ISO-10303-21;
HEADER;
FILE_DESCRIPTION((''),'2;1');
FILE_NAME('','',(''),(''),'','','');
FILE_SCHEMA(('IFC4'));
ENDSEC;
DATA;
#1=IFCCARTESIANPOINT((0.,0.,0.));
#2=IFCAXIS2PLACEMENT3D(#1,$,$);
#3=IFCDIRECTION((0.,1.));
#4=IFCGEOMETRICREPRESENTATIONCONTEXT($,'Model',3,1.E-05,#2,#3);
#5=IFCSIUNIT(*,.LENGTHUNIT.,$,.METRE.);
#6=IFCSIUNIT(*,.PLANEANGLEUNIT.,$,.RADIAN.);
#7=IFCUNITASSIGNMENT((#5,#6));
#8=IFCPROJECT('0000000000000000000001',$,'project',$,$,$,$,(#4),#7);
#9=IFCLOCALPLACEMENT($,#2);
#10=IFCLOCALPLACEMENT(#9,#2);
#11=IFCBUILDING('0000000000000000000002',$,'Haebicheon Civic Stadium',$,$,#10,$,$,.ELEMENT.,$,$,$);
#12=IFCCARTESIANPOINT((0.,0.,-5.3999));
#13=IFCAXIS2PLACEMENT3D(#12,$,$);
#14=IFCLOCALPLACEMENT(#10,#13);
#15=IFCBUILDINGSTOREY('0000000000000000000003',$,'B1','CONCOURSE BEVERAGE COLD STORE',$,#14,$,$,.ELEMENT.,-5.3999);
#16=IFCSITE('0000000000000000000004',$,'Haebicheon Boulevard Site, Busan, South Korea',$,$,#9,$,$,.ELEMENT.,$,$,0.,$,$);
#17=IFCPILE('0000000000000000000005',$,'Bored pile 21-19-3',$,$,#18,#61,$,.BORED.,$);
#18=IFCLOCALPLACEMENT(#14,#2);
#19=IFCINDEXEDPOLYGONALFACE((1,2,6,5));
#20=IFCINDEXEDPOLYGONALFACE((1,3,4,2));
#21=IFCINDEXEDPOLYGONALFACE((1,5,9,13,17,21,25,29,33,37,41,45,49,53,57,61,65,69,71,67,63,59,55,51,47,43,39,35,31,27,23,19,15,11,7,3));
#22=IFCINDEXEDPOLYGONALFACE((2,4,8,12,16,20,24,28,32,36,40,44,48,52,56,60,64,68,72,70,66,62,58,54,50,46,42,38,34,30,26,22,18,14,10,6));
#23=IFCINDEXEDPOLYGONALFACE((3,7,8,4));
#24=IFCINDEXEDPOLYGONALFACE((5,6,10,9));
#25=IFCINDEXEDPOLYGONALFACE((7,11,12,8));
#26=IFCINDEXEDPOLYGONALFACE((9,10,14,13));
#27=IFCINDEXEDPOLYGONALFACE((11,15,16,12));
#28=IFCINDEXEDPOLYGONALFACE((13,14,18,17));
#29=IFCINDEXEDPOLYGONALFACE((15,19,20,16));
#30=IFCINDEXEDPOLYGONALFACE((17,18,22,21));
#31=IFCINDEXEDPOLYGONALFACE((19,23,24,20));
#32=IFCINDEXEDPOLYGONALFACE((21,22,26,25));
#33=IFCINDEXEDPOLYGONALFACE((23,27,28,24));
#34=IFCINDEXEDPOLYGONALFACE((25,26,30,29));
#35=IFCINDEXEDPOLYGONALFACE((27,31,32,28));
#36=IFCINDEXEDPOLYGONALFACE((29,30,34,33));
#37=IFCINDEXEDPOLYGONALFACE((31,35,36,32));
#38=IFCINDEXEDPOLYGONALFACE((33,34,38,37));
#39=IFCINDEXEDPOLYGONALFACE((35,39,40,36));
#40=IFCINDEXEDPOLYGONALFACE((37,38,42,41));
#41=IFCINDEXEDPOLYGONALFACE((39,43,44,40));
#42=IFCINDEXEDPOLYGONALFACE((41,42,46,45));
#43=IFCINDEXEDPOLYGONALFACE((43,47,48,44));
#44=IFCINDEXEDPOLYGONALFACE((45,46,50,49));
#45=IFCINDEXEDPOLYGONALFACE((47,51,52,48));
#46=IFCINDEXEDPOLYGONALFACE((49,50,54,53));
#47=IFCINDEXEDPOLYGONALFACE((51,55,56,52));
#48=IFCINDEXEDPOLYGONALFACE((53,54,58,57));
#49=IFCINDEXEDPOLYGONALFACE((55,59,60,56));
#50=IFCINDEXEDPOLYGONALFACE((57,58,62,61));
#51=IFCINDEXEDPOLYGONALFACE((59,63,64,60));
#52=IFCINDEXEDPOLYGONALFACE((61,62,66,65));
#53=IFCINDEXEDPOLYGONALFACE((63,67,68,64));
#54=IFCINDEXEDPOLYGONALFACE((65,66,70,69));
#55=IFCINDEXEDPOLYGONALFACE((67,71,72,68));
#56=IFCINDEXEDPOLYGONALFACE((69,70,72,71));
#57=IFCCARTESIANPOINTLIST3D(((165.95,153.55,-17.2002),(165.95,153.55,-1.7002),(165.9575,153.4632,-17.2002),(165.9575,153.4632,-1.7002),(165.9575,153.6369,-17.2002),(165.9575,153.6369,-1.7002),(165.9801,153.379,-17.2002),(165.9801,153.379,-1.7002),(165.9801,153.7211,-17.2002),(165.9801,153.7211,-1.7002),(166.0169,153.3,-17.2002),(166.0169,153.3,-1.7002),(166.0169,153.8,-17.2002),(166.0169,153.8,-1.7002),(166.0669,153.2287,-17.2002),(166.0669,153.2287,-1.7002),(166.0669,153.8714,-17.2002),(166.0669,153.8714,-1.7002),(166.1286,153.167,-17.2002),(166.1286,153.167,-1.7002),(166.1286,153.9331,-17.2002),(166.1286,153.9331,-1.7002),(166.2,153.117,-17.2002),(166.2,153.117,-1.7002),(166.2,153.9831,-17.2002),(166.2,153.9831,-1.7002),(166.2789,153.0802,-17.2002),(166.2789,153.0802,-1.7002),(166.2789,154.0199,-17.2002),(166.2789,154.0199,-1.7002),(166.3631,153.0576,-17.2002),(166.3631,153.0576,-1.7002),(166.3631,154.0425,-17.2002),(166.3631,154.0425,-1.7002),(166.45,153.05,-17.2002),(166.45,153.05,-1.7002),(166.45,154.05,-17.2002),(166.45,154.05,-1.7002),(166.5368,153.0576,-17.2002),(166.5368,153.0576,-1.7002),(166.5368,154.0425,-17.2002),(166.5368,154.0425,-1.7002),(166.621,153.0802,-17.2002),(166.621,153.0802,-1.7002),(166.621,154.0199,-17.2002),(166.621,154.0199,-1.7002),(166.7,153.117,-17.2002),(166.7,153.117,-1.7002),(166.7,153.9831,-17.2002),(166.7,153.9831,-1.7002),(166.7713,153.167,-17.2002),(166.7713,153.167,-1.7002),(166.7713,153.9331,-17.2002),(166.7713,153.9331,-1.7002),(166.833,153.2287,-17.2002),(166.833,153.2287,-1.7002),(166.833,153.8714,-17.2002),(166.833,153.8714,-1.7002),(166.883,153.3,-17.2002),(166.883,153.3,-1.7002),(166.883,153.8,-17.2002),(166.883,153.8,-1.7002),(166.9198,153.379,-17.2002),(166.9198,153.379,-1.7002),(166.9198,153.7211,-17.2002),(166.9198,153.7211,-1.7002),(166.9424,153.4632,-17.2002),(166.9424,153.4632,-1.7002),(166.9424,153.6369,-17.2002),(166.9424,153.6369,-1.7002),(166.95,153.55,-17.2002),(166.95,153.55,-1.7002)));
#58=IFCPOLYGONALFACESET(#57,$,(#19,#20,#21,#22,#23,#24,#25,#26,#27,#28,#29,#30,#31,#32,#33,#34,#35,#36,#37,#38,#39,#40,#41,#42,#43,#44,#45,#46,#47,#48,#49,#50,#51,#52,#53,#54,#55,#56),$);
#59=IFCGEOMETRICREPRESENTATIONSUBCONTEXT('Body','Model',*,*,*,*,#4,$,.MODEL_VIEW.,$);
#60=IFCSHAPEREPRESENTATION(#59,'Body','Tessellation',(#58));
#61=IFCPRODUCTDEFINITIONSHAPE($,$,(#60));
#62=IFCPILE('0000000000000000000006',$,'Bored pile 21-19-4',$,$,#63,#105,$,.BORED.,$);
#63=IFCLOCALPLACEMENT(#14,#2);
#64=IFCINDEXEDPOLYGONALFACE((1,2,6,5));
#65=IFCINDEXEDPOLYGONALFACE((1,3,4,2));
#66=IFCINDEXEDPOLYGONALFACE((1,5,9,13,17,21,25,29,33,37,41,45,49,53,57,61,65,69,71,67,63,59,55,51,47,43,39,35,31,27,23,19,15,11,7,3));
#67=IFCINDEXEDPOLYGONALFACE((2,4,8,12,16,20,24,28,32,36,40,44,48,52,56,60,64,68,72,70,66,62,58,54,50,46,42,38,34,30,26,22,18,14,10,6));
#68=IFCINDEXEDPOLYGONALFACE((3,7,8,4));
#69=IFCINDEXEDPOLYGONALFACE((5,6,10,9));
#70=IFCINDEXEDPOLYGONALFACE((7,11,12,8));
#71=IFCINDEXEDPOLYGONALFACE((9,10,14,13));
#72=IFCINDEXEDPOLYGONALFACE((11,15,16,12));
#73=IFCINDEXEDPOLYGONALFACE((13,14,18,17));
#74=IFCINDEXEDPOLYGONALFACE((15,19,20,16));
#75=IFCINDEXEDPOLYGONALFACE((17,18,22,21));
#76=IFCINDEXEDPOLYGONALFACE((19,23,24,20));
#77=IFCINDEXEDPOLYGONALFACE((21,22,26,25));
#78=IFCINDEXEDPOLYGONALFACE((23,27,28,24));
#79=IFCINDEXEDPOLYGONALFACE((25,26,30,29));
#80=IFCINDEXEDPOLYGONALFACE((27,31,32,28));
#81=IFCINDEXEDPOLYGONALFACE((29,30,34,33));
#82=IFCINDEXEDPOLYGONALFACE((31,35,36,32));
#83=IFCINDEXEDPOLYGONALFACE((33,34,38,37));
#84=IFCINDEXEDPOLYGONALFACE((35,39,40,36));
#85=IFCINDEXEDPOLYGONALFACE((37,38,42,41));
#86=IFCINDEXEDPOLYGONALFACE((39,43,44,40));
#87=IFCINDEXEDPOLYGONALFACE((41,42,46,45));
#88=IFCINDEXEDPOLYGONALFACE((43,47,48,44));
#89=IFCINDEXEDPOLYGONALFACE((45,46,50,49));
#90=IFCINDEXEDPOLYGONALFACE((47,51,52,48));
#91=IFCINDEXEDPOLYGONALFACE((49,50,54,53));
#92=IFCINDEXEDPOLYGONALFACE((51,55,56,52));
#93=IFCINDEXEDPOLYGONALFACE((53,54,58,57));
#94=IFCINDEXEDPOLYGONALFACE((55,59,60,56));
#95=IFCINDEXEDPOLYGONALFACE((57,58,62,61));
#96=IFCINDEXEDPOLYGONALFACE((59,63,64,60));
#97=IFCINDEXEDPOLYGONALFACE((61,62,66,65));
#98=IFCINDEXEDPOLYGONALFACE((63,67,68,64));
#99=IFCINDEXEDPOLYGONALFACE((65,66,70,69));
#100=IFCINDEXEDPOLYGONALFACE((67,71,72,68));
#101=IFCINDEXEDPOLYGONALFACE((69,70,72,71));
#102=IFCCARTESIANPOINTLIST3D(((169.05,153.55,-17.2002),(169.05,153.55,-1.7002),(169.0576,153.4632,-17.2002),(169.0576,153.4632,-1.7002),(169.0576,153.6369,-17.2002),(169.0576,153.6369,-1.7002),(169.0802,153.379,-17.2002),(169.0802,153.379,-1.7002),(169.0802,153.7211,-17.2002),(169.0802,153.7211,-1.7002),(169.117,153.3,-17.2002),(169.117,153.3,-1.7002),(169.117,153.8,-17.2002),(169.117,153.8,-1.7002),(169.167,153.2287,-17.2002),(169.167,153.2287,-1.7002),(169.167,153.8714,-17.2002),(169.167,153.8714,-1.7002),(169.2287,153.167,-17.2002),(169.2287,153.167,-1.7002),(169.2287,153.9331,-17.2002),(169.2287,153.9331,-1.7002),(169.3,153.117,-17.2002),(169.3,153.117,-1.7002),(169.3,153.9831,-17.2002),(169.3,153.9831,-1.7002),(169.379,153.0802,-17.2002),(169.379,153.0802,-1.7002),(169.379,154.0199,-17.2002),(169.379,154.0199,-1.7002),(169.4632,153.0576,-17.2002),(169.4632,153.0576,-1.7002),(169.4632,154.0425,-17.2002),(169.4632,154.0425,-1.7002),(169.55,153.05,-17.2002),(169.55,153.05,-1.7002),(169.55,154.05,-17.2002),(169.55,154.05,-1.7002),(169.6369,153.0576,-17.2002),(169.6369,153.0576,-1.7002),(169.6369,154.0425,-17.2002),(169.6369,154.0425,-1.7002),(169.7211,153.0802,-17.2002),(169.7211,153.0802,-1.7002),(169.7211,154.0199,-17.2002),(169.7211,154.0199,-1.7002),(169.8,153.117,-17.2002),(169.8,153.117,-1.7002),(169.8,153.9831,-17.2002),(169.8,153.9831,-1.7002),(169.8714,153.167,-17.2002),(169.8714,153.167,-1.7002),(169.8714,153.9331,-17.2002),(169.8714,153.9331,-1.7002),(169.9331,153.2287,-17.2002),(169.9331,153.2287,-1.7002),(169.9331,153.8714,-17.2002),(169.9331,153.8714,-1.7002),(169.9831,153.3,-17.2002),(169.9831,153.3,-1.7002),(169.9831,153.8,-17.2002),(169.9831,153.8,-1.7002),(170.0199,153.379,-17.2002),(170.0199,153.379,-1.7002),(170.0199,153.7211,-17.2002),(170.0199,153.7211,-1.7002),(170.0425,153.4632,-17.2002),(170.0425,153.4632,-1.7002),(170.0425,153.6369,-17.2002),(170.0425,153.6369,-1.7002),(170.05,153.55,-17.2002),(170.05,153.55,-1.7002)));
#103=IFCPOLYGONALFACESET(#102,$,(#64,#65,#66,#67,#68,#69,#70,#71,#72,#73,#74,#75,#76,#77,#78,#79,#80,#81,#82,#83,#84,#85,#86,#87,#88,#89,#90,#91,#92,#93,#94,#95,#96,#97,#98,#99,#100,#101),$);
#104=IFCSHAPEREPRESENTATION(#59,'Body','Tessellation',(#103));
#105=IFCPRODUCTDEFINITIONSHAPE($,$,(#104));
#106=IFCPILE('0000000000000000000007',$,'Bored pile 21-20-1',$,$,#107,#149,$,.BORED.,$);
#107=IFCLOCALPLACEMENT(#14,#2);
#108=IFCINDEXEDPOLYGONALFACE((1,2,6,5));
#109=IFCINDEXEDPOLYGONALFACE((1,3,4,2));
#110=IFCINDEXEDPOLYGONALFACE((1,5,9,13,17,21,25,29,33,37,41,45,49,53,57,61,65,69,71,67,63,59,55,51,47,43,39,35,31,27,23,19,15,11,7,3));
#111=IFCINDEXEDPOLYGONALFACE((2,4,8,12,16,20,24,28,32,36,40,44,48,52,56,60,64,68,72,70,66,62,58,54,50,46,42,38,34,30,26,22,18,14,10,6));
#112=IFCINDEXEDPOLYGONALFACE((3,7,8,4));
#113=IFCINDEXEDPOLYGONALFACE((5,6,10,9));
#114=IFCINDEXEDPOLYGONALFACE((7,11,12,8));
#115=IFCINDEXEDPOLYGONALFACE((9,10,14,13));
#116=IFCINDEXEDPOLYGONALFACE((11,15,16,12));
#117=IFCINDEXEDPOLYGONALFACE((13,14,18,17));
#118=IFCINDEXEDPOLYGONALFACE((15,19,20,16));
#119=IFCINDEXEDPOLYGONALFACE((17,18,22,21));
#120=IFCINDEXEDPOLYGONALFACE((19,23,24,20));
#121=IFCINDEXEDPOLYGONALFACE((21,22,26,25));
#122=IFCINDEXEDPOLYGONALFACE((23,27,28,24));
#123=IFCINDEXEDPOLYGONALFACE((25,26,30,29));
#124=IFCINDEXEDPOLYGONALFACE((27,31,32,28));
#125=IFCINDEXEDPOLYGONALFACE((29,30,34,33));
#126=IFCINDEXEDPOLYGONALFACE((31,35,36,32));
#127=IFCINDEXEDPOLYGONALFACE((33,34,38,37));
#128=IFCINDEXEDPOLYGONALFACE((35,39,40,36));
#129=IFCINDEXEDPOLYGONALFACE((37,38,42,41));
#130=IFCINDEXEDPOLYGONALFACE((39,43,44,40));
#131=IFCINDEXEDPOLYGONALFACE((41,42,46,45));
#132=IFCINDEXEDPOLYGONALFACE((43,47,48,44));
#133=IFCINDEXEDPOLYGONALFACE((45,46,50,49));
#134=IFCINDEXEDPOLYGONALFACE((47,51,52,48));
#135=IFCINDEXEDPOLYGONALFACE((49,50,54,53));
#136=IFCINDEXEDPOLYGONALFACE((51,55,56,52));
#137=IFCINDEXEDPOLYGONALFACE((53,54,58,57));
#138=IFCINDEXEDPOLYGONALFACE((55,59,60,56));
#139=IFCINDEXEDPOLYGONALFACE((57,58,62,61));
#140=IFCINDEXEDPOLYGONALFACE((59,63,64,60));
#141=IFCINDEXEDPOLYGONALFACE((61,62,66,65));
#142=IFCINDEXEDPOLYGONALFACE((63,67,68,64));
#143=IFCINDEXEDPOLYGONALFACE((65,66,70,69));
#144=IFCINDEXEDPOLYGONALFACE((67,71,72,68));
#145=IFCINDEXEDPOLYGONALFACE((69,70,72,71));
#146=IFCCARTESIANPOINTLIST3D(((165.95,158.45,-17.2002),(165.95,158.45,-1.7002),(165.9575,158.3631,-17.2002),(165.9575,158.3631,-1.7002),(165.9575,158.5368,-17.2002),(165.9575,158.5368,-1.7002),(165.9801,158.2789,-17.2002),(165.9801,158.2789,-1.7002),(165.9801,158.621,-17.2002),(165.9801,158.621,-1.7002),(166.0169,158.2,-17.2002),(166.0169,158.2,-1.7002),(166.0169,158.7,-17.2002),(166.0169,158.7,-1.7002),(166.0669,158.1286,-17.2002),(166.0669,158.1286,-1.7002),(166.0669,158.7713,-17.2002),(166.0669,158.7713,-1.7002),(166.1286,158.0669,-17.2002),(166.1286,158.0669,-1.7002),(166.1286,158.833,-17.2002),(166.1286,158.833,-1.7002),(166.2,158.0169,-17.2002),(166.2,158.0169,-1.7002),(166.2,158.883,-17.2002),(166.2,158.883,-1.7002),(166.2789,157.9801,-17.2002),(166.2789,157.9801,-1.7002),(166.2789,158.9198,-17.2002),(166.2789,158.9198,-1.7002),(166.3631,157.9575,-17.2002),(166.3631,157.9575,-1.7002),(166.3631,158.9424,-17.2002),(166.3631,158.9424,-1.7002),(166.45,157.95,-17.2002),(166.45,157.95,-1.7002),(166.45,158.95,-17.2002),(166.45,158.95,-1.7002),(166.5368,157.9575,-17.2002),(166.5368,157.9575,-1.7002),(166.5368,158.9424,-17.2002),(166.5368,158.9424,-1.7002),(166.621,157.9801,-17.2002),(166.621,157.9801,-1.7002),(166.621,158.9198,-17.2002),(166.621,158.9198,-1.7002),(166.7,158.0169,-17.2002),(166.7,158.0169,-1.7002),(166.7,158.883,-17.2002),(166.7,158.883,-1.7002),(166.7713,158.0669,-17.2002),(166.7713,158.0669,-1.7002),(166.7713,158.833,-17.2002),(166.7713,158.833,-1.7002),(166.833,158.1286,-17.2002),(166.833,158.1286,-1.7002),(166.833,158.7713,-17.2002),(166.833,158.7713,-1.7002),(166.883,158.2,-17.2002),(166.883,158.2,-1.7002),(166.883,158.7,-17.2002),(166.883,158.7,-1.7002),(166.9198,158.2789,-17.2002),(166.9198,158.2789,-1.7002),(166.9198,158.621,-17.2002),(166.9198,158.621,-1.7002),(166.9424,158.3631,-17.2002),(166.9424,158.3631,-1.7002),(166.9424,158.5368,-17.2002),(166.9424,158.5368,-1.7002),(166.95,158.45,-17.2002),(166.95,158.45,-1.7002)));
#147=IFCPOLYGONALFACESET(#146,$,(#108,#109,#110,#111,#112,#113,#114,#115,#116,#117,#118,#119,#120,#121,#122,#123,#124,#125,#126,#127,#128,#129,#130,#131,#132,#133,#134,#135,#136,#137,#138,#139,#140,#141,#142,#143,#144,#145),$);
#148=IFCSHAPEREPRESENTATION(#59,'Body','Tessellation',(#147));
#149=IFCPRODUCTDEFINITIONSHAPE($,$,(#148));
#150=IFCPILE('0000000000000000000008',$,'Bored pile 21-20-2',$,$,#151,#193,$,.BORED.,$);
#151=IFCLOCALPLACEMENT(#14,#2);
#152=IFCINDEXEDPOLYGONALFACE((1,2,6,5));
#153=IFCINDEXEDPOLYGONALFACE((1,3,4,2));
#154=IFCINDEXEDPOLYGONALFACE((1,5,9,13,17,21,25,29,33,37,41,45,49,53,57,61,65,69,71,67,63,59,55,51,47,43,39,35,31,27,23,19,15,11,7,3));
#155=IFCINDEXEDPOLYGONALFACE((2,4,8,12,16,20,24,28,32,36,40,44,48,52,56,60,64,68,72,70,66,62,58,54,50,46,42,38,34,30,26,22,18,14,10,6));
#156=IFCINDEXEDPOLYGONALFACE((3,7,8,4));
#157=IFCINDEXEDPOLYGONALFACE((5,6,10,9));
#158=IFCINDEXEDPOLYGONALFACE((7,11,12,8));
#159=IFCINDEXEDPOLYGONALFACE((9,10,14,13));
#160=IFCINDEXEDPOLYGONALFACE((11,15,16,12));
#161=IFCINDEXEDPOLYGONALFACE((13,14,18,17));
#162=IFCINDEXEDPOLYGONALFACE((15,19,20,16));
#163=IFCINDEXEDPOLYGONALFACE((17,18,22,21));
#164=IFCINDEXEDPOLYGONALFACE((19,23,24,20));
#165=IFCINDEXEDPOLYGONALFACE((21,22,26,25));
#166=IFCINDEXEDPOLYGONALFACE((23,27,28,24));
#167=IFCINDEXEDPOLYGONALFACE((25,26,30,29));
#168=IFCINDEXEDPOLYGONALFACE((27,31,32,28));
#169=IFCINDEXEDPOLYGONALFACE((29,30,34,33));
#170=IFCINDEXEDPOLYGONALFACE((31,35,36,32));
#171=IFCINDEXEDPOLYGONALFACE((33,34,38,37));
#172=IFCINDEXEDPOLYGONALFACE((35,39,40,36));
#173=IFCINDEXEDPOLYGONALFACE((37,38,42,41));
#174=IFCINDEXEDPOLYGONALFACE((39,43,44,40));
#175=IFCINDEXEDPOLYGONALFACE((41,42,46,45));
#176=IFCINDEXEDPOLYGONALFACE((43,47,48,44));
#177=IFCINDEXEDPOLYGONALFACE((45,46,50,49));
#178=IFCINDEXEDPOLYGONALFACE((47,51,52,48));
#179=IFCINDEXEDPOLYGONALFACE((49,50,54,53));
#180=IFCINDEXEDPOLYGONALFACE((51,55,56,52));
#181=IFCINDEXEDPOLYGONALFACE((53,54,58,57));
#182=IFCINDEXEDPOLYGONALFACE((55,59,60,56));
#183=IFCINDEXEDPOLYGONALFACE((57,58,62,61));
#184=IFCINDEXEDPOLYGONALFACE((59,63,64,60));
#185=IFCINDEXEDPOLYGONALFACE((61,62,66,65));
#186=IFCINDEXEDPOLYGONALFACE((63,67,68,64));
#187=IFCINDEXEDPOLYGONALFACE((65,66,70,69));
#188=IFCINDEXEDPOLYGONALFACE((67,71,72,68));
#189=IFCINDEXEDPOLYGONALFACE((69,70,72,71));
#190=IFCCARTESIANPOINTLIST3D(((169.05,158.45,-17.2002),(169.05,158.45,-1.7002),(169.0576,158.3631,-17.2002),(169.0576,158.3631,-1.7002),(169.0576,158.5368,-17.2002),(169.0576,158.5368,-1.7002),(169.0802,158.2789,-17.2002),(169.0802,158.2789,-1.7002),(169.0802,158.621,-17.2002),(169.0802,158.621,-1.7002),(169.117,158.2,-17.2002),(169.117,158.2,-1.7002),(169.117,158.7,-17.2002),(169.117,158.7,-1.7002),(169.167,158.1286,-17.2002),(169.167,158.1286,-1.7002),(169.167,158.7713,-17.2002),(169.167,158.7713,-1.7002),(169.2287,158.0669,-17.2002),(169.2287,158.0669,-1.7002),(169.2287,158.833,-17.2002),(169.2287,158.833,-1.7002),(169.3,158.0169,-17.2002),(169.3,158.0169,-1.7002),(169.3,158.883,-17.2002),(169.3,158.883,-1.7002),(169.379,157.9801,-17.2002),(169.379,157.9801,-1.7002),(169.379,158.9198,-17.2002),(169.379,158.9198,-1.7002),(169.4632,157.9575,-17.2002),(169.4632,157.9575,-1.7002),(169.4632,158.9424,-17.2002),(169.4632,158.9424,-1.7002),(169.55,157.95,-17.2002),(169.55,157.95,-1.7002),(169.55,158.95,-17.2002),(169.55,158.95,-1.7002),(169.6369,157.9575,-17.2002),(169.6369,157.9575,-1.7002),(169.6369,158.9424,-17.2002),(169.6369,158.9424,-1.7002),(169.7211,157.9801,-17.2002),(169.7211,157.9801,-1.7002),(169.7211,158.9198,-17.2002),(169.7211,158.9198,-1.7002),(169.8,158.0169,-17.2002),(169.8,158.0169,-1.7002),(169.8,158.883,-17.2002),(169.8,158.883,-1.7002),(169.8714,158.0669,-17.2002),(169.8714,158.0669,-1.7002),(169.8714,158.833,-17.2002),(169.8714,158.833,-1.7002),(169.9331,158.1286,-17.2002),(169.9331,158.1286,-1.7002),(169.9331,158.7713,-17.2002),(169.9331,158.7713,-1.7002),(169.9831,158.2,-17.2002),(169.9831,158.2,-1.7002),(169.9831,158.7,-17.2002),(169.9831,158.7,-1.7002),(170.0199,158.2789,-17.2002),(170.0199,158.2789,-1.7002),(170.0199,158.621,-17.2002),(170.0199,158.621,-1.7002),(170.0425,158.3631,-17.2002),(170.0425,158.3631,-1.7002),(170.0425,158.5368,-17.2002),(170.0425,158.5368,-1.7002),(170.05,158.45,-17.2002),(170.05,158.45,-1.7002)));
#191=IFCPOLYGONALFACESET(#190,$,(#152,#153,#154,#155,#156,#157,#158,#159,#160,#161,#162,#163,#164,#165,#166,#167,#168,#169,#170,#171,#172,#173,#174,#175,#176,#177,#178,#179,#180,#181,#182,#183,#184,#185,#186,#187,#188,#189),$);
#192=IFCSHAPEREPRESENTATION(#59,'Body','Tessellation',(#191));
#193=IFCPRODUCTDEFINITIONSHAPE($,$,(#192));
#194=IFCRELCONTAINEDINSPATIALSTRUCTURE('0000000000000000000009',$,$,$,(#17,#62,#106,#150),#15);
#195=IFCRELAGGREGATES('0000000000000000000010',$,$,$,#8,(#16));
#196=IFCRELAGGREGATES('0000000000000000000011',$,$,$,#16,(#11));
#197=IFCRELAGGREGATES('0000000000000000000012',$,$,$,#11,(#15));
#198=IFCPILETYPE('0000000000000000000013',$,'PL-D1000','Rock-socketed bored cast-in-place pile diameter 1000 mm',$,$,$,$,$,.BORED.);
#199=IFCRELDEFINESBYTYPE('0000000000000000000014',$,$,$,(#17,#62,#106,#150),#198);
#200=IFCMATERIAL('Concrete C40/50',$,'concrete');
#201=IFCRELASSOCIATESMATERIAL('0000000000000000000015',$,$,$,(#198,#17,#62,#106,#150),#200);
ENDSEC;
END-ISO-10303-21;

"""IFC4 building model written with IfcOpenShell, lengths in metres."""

from ifc_helpers import new_model, si_unit, direction, frame, origin, origin_2d, place, context, subcontext, project, spatial, circle, extrude, material, material_profile, profile_set, type_object, element, save


model = new_model("IFC4")

# Units and contexts
model_context = context("Model", 3, precision=1e-05, world=origin(), true_north=direction((0.0, 1.0)))
body_context = subcontext(model_context, "Body", "Model", "MODEL_VIEW")
ifc_project = project(units=[si_unit("LENGTHUNIT", "METRE"), si_unit("PLANEANGLEUNIT", "RADIAN")], contexts=[model_context])

# Site, building, storey
site_placement = place(None, origin())
site = spatial("IfcSite", under=ifc_project, at=site_placement, Name="Haebicheon Boulevard Site, Busan, South Korea", CompositionType="ELEMENT", RefElevation=0.0)
building_placement = place(site_placement, origin())
building = spatial("IfcBuilding", under=site, at=building_placement, Name="Haebicheon Civic Stadium", CompositionType="ELEMENT")
storey_placement = place(building_placement, frame((0.0, 0.0, -5.3999)))
storey = spatial("IfcBuildingStorey", under=building, at=storey_placement, Name="B1", Description="CONCOURSE BEVERAGE COLD STORE", CompositionType="ELEMENT", Elevation=-5.3999)

# Piles
ifc_material_1 = material(Name="Concrete C40/50", Category="concrete")
ifc_material_profile_1 = material_profile(ifc_material_1, circle(Radius=0.5, at=origin_2d()), Name="PILE-D1000")
ifc_profile_set_1 = profile_set([ifc_material_profile_1], Name="Concrete C40/50")
pile_type = type_object("IfcPileType", Name="PL-D1000", Description="Rock-socketed bored cast-in-place pile diameter 1000 mm", PredefinedType="BORED", material=ifc_profile_set_1)
for number, where, z_axis, x_axis, name in (
    (1, (166.45, 153.55, -1.7002), (0.0, 0.0, -1.0), (1.0, 0.0, 0.0), "Bored pile 21-19-3"),
    (2, (169.55, 153.55, -1.7002), (0.0, 0.0, -1.0), (1.0, 0.0, 0.0), "Bored pile 21-19-4"),
    (3, (166.45, 158.45, -1.7002), (0.0, 0.0, -1.0), (1.0, 0.0, 0.0), "Bored pile 21-20-1"),
    (4, (169.55, 158.45, -1.7002), (0.0, 0.0, -1.0), (1.0, 0.0, 0.0), "Bored pile 21-20-2"),
):
    element("IfcPile", number, at=place(storey_placement, frame(where, z_axis=z_axis, x_axis=x_axis)), inside=storey, type_object=pile_type, material=ifc_profile_set_1, Name=name, PredefinedType="BORED", context=body_context, shape_type="SweptSolid", body=[
        extrude(circle(Radius=0.5, at=origin_2d()), origin(), (0.0, 0.0, 1.0), 15.5),
    ])

save(model, "model.ifc")
